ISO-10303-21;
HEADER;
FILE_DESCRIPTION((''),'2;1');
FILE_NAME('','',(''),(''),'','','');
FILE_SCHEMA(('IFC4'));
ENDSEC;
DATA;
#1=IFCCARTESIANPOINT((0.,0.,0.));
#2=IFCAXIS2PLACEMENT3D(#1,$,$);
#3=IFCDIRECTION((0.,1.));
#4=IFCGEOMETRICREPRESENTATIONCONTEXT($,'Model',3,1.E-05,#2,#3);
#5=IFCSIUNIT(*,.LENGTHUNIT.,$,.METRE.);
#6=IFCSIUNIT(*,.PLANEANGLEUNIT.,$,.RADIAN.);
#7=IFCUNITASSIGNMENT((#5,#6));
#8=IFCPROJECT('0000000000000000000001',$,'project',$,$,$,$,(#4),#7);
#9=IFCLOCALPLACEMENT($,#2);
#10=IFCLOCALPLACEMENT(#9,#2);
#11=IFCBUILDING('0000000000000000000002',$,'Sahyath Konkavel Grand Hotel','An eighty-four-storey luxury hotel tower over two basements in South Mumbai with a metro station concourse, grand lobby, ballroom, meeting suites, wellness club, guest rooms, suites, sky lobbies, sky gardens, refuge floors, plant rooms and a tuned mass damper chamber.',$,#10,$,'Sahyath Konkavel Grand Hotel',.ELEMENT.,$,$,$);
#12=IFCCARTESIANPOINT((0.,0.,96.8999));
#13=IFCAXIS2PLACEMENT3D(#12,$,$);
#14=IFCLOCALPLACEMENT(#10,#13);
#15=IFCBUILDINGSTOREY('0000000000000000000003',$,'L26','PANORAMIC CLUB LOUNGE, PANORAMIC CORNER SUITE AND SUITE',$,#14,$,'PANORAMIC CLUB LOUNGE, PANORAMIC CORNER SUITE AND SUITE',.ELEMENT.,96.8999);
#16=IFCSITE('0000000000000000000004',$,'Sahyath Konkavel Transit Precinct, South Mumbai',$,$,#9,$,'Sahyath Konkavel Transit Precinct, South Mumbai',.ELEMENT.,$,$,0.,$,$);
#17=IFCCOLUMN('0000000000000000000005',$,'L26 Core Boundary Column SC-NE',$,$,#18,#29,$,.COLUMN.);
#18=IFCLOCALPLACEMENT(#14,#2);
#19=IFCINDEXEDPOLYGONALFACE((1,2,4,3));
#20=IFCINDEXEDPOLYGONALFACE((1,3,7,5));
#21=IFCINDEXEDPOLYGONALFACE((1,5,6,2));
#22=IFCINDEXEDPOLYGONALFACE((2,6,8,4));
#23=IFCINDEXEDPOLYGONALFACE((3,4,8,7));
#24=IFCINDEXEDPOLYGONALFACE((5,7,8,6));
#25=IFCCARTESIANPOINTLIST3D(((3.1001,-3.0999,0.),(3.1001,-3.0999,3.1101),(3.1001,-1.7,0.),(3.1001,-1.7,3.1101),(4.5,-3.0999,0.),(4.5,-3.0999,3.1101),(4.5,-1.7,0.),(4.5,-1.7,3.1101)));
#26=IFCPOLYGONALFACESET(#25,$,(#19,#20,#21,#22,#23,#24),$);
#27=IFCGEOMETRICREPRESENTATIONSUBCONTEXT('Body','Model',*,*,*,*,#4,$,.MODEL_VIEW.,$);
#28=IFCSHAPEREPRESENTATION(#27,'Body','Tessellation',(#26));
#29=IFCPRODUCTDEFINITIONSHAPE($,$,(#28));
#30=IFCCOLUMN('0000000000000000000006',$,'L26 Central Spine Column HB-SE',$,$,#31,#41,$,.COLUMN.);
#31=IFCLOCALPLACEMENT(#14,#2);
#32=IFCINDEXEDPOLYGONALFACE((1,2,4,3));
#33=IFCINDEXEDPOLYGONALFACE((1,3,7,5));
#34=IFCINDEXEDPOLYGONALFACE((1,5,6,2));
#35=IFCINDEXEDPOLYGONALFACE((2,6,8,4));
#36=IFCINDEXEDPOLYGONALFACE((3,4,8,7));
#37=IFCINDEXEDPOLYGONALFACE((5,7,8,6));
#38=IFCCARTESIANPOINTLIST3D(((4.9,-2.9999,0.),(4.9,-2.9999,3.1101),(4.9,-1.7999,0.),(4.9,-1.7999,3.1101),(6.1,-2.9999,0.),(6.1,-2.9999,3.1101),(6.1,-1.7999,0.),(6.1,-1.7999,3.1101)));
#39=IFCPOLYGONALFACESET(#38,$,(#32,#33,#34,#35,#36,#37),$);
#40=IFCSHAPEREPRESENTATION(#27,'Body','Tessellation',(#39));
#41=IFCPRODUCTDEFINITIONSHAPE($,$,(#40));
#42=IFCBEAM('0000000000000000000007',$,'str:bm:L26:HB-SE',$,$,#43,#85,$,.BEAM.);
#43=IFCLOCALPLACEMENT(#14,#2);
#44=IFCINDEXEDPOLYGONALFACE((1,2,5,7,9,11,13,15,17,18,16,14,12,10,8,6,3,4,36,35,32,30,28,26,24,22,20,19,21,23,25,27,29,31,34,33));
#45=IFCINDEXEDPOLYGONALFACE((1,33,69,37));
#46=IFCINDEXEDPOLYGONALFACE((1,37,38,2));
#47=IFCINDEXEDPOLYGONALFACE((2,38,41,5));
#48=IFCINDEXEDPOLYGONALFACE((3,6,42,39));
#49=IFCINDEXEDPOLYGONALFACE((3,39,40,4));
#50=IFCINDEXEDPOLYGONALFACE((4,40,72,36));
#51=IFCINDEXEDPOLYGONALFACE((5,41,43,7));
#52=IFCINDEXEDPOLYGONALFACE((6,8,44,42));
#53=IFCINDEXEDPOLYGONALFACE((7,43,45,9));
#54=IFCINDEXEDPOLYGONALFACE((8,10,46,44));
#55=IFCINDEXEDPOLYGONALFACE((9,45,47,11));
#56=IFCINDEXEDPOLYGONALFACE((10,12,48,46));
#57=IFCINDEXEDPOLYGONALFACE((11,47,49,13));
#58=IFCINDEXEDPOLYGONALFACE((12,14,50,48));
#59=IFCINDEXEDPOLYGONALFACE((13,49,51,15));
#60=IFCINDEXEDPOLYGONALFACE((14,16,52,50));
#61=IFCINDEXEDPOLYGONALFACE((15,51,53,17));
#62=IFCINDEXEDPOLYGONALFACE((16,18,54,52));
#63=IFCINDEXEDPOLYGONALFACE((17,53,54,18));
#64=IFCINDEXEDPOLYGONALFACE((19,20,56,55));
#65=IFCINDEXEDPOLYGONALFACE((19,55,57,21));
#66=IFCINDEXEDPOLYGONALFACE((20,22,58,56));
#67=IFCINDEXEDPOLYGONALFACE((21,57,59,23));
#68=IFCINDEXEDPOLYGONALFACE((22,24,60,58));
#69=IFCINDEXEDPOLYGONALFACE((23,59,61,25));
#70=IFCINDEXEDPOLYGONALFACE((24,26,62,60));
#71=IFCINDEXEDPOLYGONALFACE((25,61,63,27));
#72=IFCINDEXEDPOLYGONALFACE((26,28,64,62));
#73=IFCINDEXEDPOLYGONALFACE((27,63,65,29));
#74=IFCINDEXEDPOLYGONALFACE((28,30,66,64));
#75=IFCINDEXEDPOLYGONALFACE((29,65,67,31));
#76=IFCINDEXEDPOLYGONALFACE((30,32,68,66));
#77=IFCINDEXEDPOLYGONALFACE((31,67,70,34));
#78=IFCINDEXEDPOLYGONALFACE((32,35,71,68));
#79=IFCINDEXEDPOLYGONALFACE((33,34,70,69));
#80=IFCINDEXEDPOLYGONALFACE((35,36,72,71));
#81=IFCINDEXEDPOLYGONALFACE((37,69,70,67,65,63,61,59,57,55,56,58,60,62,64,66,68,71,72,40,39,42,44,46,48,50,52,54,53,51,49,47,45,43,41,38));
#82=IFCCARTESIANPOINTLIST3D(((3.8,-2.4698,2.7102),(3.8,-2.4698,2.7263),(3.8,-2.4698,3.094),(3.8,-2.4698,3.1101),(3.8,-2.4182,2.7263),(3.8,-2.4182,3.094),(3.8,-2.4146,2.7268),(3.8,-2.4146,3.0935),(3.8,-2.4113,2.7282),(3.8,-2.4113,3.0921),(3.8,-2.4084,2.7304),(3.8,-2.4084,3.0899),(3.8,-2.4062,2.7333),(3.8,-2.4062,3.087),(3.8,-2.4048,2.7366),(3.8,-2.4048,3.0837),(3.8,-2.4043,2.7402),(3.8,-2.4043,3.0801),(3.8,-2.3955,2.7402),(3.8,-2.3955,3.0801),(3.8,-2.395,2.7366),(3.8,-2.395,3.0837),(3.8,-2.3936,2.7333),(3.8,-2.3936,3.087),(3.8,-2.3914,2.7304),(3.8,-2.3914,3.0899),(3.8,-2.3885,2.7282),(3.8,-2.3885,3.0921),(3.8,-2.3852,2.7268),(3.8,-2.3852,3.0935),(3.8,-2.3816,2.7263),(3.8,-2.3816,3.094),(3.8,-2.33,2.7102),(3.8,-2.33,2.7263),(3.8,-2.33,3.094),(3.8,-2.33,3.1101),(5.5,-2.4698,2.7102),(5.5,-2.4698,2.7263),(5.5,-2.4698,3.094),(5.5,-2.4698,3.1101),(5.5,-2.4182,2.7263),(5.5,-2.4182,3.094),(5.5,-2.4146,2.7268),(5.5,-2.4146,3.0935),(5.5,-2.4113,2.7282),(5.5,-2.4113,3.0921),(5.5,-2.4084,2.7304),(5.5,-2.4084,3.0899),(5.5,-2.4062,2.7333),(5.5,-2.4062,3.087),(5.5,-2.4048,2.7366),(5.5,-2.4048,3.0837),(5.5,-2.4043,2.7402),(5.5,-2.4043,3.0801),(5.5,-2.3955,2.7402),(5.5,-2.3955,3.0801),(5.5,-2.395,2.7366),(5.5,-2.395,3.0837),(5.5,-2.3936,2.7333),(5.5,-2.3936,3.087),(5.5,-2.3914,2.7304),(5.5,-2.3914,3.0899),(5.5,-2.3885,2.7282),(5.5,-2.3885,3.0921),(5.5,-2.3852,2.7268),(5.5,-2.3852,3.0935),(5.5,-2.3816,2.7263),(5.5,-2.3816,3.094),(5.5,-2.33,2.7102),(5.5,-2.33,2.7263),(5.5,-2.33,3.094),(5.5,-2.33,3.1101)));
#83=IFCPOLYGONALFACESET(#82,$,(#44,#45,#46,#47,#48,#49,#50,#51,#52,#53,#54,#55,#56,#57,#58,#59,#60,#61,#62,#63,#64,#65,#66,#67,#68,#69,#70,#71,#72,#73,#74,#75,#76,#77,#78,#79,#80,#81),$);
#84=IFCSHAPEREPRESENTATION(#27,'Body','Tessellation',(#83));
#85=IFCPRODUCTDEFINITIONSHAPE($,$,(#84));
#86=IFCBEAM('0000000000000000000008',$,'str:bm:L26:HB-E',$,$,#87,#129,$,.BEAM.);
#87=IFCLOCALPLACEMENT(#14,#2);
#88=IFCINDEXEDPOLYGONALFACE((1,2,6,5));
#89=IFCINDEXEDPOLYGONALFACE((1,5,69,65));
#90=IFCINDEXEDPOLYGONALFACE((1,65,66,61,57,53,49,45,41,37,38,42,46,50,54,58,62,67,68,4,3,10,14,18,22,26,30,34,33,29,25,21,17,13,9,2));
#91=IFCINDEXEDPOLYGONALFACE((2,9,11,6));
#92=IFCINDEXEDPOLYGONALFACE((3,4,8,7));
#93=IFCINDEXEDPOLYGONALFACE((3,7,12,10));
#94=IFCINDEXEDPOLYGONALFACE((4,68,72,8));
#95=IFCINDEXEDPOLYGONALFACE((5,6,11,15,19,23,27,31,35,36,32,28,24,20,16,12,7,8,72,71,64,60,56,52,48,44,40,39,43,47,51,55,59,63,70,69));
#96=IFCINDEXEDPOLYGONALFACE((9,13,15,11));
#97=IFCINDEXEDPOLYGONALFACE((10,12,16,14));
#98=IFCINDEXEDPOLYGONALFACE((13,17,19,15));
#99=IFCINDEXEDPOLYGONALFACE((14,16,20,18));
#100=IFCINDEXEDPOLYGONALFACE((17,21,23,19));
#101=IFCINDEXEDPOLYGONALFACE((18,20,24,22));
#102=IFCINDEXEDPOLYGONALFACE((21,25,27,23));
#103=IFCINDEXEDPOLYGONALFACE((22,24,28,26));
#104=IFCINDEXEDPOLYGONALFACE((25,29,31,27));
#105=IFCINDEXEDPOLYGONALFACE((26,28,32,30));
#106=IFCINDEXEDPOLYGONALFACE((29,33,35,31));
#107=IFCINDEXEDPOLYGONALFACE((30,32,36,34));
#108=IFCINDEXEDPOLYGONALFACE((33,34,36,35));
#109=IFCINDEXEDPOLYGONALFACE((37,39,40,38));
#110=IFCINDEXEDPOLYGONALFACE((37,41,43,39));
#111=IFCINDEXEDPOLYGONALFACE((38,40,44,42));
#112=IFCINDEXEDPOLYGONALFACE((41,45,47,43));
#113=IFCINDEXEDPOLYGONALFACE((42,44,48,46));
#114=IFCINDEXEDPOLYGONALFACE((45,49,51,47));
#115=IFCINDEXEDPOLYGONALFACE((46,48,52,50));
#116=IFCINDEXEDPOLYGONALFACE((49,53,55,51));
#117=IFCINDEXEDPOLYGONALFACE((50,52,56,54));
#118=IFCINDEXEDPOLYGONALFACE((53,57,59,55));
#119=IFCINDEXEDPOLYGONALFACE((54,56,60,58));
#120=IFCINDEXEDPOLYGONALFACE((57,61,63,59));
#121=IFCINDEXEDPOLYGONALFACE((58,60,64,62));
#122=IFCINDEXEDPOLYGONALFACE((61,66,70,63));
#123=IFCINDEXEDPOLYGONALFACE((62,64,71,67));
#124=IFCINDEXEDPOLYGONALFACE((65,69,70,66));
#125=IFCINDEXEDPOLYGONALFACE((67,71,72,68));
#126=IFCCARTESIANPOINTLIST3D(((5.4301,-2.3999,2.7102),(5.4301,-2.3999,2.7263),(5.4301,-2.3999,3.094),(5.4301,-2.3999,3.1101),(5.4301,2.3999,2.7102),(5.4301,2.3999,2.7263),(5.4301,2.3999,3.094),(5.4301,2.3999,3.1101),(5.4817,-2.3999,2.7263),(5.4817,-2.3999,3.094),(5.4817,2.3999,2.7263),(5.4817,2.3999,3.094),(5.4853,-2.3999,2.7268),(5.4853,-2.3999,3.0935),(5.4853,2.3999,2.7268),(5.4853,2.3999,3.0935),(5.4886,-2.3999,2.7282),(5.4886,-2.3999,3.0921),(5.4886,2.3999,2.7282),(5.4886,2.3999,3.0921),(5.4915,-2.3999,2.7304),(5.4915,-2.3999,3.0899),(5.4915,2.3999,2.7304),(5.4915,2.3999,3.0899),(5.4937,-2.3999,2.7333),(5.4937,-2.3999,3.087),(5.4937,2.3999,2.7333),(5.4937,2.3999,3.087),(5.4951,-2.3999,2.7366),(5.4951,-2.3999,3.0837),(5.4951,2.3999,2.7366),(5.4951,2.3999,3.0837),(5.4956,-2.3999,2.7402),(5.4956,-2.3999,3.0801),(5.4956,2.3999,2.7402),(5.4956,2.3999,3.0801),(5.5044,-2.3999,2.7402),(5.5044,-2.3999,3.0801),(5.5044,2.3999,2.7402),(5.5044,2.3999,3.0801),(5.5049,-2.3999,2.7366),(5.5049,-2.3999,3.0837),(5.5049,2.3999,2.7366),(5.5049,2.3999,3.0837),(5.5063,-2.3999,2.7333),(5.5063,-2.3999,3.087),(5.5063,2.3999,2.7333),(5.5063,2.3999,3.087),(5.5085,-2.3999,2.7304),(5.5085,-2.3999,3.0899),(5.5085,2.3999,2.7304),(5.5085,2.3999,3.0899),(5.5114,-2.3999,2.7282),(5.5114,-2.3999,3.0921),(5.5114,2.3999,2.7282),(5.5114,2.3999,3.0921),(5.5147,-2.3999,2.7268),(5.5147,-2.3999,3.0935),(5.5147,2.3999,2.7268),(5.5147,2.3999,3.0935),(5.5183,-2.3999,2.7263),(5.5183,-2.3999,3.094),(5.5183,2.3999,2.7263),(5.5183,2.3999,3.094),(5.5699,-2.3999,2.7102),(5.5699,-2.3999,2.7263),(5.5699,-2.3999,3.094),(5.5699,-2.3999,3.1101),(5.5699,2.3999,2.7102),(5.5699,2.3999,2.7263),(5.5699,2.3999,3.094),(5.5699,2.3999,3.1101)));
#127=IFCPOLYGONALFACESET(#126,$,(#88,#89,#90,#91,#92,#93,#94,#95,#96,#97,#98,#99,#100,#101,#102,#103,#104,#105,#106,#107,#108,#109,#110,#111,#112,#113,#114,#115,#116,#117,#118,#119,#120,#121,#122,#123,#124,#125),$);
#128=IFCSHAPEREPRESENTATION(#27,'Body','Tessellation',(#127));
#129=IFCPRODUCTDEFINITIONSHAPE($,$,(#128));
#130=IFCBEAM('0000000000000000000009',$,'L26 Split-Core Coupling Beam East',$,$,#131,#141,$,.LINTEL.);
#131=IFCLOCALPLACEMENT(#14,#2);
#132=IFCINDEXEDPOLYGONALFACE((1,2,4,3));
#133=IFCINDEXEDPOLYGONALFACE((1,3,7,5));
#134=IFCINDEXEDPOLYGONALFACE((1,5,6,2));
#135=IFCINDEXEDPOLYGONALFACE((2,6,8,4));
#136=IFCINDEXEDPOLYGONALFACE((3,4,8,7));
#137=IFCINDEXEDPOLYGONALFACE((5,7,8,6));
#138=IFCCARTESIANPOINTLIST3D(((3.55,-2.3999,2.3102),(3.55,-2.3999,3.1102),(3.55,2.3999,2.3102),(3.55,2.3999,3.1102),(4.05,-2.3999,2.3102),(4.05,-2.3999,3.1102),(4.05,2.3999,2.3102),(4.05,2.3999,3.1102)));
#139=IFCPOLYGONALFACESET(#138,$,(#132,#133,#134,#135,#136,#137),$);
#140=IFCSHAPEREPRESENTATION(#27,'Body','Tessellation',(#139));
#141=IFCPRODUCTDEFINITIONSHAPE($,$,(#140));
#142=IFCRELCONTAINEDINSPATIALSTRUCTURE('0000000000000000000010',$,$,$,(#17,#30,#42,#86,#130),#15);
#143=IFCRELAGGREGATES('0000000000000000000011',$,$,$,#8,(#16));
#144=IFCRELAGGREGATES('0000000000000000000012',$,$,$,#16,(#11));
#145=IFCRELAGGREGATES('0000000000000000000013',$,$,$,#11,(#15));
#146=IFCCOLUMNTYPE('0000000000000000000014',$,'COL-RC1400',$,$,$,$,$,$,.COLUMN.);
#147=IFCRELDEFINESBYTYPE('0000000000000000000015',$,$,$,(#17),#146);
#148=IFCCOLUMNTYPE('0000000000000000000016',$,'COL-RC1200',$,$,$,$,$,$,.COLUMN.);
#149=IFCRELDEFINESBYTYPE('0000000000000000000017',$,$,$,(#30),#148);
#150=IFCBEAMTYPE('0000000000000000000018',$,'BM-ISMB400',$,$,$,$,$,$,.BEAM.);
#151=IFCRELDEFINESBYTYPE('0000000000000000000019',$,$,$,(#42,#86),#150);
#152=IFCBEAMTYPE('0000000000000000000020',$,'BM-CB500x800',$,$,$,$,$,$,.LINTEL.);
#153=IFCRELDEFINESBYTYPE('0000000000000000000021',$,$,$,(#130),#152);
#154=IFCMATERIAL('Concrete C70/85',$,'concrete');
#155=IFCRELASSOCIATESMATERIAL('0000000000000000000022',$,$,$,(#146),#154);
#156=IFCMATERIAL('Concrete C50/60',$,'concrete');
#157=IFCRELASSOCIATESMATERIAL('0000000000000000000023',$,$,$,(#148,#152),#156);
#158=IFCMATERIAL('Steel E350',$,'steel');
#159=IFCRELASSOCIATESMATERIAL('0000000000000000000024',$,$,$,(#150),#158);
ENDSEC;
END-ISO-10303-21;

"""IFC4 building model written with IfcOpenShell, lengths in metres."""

from ifc_helpers import new_model, si_unit, direction, frame, origin, origin_2d, place, context, subcontext, project, spatial, rectangle, i_section, extrude, source, transform, mapped, material, material_profile, profile_set, type_object, element, save


model = new_model("IFC4")

# Units and contexts
model_context = context("Model", 3, precision=1e-05, world=origin(), true_north=direction((0.0, 1.0)))
body_context = subcontext(model_context, "Body", "Model", "MODEL_VIEW")
ifc_project = project(units=[si_unit("LENGTHUNIT", "METRE"), si_unit("PLANEANGLEUNIT", "RADIAN")], contexts=[model_context])

# Site, building, storey
site_placement = place(None, origin())
site = spatial("IfcSite", under=ifc_project, at=site_placement, Name="Sahyath Konkavel Transit Precinct, South Mumbai", LongName="Sahyath Konkavel Transit Precinct, South Mumbai", CompositionType="ELEMENT", RefElevation=0.0)
building_placement = place(site_placement, origin())
building = spatial("IfcBuilding", under=site, at=building_placement, Name="Sahyath Konkavel Grand Hotel", Description="An eighty-four-storey luxury hotel tower over two basements in South Mumbai with a metro station concourse, grand lobby, ballroom, meeting suites, wellness club, guest rooms, suites, sky lobbies, sky gardens, refuge floors, plant rooms and a tuned mass damper chamber.", LongName="Sahyath Konkavel Grand Hotel", CompositionType="ELEMENT")
storey_placement = place(building_placement, frame((0.0, 0.0, 96.8999)))
storey = spatial("IfcBuildingStorey", under=building, at=storey_placement, Name="L26", Description="PANORAMIC CLUB LOUNGE, PANORAMIC CORNER SUITE AND SUITE", LongName="PANORAMIC CLUB LOUNGE, PANORAMIC CORNER SUITE AND SUITE", CompositionType="ELEMENT", Elevation=96.8999)

# Columns
ifc_material_1 = material(Name="Concrete C70/85", Category="concrete")
ifc_material_profile_1 = material_profile(ifc_material_1, rectangle(XDim=1.3999, YDim=1.3999, at=origin_2d()), Name="RC 1400x1400")
ifc_profile_set_1 = profile_set([ifc_material_profile_1], Name="Concrete C70/85")
column_type_1 = type_object("IfcColumnType", Name="COL-RC1400", PredefinedType="COLUMN", material=ifc_profile_set_1)
shared_shape_1 = source(origin(), body_context, "Body", "SweptSolid", [
    extrude(rectangle(XDim=1.3999, YDim=1.3999, at=origin_2d()), origin(), (0.0, 0.0, 1.0), 3.1101),
])
column_1_placement = place(storey_placement, frame((3.8, -2.3999, 0.0), z_axis=(0.0, 0.0, 1.0), x_axis=(1.0, 0.0, 0.0)))
element("IfcColumn", 1, at=column_1_placement, inside=storey, type_object=column_type_1, Name="L26 Core Boundary Column SC-NE", PredefinedType="COLUMN", context=body_context, shape_type="MappedRepresentation", body=[
    mapped(shared_shape_1, transform((0.0, 0.0, 0.0), scale=1.0)),
])
ifc_material_2 = material(Name="Concrete C50/60", Category="concrete")
ifc_material_profile_2 = material_profile(ifc_material_2, rectangle(XDim=1.2, YDim=1.2, at=origin_2d()), Name="RC 1200x1200")
ifc_profile_set_2 = profile_set([ifc_material_profile_2], Name="Concrete C50/60")
column_type_2 = type_object("IfcColumnType", Name="COL-RC1200", PredefinedType="COLUMN", material=ifc_profile_set_2)
shared_shape_2 = source(origin(), body_context, "Body", "SweptSolid", [
    extrude(rectangle(XDim=1.2, YDim=1.2, at=origin_2d()), origin(), (0.0, 0.0, 1.0), 3.1101),
])
column_2_placement = place(storey_placement, frame((5.5, -2.3999, 0.0), z_axis=(0.0, 0.0, 1.0), x_axis=(1.0, 0.0, 0.0)))
element("IfcColumn", 2, at=column_2_placement, inside=storey, type_object=column_type_2, Name="L26 Central Spine Column HB-SE", PredefinedType="COLUMN", context=body_context, shape_type="MappedRepresentation", body=[
    mapped(shared_shape_2, transform((0.0, 0.0, 0.0), scale=1.0)),
])

# Beams
ifc_material_3 = material(Name="Steel E350", Category="steel")
ifc_material_profile_3 = material_profile(ifc_material_3, i_section(OverallWidth=0.1399, OverallDepth=0.3999, WebThickness=0.0088, FlangeThickness=0.0161, FilletRadius=0.0139, at=origin_2d()), Name="ISMB 400")
ifc_profile_set_3 = profile_set([ifc_material_profile_3], Name="Steel E350")
beam_type_1 = type_object("IfcBeamType", Name="BM-ISMB400", PredefinedType="BEAM", material=ifc_profile_set_3)
shared_shape_3 = source(origin(), body_context, "Body", "SweptSolid", [
    extrude(i_section(OverallWidth=0.1399, OverallDepth=0.3999, WebThickness=0.0088, FlangeThickness=0.0161, FilletRadius=0.0139, at=origin_2d()), origin(), (0.0, 0.0, 1.0), 1.7),
])
beam_1_placement = place(storey_placement, frame((3.8, -2.3999, 2.9102), z_axis=(1.0, 0.0, 0.0), x_axis=(0.0, 1.0, 0.0)))
element("IfcBeam", 3, at=beam_1_placement, inside=storey, type_object=beam_type_1, Name="str:bm:L26:HB-SE", PredefinedType="BEAM", context=body_context, shape_type="MappedRepresentation", body=[
    mapped(shared_shape_3, transform((0.0, 0.0, 0.0), scale=1.0)),
])
shared_shape_4 = source(origin(), body_context, "Body", "SweptSolid", [
    extrude(i_section(OverallWidth=0.1399, OverallDepth=0.3999, WebThickness=0.0088, FlangeThickness=0.0161, FilletRadius=0.0139, at=origin_2d()), origin(), (0.0, 0.0, 1.0), 4.7998),
])
beam_2_placement = place(storey_placement, frame((5.5, -2.3999, 2.9102), z_axis=(0.0, 1.0, 0.0), x_axis=(-1.0, 0.0, 0.0)))
element("IfcBeam", 4, at=beam_2_placement, inside=storey, type_object=beam_type_1, Name="str:bm:L26:HB-E", PredefinedType="BEAM", context=body_context, shape_type="MappedRepresentation", body=[
    mapped(shared_shape_4, transform((0.0, 0.0, 0.0), scale=1.0)),
])
ifc_material_profile_4 = material_profile(ifc_material_2, rectangle(XDim=0.5, YDim=0.8, at=origin_2d()), Name="RC 500x800")
ifc_profile_set_4 = profile_set([ifc_material_profile_4], Name="Concrete C50/60")
beam_type_2 = type_object("IfcBeamType", Name="BM-CB500x800", PredefinedType="LINTEL", material=ifc_profile_set_4)
shared_shape_5 = source(origin(), body_context, "Body", "SweptSolid", [
    extrude(rectangle(XDim=0.5, YDim=0.8, at=origin_2d()), origin(), (0.0, 0.0, 1.0), 4.7998),
])
beam_3_placement = place(storey_placement, frame((3.8, -2.3999, 2.7102), z_axis=(0.0, 1.0, 0.0), x_axis=(-1.0, 0.0, 0.0)))
element("IfcBeam", 5, at=beam_3_placement, inside=storey, type_object=beam_type_2, Name="L26 Split-Core Coupling Beam East", PredefinedType="LINTEL", context=body_context, shape_type="MappedRepresentation", body=[
    mapped(shared_shape_5, transform((0.0, 0.0, 0.0), scale=1.0)),
])

save(model, "model.ifc")
